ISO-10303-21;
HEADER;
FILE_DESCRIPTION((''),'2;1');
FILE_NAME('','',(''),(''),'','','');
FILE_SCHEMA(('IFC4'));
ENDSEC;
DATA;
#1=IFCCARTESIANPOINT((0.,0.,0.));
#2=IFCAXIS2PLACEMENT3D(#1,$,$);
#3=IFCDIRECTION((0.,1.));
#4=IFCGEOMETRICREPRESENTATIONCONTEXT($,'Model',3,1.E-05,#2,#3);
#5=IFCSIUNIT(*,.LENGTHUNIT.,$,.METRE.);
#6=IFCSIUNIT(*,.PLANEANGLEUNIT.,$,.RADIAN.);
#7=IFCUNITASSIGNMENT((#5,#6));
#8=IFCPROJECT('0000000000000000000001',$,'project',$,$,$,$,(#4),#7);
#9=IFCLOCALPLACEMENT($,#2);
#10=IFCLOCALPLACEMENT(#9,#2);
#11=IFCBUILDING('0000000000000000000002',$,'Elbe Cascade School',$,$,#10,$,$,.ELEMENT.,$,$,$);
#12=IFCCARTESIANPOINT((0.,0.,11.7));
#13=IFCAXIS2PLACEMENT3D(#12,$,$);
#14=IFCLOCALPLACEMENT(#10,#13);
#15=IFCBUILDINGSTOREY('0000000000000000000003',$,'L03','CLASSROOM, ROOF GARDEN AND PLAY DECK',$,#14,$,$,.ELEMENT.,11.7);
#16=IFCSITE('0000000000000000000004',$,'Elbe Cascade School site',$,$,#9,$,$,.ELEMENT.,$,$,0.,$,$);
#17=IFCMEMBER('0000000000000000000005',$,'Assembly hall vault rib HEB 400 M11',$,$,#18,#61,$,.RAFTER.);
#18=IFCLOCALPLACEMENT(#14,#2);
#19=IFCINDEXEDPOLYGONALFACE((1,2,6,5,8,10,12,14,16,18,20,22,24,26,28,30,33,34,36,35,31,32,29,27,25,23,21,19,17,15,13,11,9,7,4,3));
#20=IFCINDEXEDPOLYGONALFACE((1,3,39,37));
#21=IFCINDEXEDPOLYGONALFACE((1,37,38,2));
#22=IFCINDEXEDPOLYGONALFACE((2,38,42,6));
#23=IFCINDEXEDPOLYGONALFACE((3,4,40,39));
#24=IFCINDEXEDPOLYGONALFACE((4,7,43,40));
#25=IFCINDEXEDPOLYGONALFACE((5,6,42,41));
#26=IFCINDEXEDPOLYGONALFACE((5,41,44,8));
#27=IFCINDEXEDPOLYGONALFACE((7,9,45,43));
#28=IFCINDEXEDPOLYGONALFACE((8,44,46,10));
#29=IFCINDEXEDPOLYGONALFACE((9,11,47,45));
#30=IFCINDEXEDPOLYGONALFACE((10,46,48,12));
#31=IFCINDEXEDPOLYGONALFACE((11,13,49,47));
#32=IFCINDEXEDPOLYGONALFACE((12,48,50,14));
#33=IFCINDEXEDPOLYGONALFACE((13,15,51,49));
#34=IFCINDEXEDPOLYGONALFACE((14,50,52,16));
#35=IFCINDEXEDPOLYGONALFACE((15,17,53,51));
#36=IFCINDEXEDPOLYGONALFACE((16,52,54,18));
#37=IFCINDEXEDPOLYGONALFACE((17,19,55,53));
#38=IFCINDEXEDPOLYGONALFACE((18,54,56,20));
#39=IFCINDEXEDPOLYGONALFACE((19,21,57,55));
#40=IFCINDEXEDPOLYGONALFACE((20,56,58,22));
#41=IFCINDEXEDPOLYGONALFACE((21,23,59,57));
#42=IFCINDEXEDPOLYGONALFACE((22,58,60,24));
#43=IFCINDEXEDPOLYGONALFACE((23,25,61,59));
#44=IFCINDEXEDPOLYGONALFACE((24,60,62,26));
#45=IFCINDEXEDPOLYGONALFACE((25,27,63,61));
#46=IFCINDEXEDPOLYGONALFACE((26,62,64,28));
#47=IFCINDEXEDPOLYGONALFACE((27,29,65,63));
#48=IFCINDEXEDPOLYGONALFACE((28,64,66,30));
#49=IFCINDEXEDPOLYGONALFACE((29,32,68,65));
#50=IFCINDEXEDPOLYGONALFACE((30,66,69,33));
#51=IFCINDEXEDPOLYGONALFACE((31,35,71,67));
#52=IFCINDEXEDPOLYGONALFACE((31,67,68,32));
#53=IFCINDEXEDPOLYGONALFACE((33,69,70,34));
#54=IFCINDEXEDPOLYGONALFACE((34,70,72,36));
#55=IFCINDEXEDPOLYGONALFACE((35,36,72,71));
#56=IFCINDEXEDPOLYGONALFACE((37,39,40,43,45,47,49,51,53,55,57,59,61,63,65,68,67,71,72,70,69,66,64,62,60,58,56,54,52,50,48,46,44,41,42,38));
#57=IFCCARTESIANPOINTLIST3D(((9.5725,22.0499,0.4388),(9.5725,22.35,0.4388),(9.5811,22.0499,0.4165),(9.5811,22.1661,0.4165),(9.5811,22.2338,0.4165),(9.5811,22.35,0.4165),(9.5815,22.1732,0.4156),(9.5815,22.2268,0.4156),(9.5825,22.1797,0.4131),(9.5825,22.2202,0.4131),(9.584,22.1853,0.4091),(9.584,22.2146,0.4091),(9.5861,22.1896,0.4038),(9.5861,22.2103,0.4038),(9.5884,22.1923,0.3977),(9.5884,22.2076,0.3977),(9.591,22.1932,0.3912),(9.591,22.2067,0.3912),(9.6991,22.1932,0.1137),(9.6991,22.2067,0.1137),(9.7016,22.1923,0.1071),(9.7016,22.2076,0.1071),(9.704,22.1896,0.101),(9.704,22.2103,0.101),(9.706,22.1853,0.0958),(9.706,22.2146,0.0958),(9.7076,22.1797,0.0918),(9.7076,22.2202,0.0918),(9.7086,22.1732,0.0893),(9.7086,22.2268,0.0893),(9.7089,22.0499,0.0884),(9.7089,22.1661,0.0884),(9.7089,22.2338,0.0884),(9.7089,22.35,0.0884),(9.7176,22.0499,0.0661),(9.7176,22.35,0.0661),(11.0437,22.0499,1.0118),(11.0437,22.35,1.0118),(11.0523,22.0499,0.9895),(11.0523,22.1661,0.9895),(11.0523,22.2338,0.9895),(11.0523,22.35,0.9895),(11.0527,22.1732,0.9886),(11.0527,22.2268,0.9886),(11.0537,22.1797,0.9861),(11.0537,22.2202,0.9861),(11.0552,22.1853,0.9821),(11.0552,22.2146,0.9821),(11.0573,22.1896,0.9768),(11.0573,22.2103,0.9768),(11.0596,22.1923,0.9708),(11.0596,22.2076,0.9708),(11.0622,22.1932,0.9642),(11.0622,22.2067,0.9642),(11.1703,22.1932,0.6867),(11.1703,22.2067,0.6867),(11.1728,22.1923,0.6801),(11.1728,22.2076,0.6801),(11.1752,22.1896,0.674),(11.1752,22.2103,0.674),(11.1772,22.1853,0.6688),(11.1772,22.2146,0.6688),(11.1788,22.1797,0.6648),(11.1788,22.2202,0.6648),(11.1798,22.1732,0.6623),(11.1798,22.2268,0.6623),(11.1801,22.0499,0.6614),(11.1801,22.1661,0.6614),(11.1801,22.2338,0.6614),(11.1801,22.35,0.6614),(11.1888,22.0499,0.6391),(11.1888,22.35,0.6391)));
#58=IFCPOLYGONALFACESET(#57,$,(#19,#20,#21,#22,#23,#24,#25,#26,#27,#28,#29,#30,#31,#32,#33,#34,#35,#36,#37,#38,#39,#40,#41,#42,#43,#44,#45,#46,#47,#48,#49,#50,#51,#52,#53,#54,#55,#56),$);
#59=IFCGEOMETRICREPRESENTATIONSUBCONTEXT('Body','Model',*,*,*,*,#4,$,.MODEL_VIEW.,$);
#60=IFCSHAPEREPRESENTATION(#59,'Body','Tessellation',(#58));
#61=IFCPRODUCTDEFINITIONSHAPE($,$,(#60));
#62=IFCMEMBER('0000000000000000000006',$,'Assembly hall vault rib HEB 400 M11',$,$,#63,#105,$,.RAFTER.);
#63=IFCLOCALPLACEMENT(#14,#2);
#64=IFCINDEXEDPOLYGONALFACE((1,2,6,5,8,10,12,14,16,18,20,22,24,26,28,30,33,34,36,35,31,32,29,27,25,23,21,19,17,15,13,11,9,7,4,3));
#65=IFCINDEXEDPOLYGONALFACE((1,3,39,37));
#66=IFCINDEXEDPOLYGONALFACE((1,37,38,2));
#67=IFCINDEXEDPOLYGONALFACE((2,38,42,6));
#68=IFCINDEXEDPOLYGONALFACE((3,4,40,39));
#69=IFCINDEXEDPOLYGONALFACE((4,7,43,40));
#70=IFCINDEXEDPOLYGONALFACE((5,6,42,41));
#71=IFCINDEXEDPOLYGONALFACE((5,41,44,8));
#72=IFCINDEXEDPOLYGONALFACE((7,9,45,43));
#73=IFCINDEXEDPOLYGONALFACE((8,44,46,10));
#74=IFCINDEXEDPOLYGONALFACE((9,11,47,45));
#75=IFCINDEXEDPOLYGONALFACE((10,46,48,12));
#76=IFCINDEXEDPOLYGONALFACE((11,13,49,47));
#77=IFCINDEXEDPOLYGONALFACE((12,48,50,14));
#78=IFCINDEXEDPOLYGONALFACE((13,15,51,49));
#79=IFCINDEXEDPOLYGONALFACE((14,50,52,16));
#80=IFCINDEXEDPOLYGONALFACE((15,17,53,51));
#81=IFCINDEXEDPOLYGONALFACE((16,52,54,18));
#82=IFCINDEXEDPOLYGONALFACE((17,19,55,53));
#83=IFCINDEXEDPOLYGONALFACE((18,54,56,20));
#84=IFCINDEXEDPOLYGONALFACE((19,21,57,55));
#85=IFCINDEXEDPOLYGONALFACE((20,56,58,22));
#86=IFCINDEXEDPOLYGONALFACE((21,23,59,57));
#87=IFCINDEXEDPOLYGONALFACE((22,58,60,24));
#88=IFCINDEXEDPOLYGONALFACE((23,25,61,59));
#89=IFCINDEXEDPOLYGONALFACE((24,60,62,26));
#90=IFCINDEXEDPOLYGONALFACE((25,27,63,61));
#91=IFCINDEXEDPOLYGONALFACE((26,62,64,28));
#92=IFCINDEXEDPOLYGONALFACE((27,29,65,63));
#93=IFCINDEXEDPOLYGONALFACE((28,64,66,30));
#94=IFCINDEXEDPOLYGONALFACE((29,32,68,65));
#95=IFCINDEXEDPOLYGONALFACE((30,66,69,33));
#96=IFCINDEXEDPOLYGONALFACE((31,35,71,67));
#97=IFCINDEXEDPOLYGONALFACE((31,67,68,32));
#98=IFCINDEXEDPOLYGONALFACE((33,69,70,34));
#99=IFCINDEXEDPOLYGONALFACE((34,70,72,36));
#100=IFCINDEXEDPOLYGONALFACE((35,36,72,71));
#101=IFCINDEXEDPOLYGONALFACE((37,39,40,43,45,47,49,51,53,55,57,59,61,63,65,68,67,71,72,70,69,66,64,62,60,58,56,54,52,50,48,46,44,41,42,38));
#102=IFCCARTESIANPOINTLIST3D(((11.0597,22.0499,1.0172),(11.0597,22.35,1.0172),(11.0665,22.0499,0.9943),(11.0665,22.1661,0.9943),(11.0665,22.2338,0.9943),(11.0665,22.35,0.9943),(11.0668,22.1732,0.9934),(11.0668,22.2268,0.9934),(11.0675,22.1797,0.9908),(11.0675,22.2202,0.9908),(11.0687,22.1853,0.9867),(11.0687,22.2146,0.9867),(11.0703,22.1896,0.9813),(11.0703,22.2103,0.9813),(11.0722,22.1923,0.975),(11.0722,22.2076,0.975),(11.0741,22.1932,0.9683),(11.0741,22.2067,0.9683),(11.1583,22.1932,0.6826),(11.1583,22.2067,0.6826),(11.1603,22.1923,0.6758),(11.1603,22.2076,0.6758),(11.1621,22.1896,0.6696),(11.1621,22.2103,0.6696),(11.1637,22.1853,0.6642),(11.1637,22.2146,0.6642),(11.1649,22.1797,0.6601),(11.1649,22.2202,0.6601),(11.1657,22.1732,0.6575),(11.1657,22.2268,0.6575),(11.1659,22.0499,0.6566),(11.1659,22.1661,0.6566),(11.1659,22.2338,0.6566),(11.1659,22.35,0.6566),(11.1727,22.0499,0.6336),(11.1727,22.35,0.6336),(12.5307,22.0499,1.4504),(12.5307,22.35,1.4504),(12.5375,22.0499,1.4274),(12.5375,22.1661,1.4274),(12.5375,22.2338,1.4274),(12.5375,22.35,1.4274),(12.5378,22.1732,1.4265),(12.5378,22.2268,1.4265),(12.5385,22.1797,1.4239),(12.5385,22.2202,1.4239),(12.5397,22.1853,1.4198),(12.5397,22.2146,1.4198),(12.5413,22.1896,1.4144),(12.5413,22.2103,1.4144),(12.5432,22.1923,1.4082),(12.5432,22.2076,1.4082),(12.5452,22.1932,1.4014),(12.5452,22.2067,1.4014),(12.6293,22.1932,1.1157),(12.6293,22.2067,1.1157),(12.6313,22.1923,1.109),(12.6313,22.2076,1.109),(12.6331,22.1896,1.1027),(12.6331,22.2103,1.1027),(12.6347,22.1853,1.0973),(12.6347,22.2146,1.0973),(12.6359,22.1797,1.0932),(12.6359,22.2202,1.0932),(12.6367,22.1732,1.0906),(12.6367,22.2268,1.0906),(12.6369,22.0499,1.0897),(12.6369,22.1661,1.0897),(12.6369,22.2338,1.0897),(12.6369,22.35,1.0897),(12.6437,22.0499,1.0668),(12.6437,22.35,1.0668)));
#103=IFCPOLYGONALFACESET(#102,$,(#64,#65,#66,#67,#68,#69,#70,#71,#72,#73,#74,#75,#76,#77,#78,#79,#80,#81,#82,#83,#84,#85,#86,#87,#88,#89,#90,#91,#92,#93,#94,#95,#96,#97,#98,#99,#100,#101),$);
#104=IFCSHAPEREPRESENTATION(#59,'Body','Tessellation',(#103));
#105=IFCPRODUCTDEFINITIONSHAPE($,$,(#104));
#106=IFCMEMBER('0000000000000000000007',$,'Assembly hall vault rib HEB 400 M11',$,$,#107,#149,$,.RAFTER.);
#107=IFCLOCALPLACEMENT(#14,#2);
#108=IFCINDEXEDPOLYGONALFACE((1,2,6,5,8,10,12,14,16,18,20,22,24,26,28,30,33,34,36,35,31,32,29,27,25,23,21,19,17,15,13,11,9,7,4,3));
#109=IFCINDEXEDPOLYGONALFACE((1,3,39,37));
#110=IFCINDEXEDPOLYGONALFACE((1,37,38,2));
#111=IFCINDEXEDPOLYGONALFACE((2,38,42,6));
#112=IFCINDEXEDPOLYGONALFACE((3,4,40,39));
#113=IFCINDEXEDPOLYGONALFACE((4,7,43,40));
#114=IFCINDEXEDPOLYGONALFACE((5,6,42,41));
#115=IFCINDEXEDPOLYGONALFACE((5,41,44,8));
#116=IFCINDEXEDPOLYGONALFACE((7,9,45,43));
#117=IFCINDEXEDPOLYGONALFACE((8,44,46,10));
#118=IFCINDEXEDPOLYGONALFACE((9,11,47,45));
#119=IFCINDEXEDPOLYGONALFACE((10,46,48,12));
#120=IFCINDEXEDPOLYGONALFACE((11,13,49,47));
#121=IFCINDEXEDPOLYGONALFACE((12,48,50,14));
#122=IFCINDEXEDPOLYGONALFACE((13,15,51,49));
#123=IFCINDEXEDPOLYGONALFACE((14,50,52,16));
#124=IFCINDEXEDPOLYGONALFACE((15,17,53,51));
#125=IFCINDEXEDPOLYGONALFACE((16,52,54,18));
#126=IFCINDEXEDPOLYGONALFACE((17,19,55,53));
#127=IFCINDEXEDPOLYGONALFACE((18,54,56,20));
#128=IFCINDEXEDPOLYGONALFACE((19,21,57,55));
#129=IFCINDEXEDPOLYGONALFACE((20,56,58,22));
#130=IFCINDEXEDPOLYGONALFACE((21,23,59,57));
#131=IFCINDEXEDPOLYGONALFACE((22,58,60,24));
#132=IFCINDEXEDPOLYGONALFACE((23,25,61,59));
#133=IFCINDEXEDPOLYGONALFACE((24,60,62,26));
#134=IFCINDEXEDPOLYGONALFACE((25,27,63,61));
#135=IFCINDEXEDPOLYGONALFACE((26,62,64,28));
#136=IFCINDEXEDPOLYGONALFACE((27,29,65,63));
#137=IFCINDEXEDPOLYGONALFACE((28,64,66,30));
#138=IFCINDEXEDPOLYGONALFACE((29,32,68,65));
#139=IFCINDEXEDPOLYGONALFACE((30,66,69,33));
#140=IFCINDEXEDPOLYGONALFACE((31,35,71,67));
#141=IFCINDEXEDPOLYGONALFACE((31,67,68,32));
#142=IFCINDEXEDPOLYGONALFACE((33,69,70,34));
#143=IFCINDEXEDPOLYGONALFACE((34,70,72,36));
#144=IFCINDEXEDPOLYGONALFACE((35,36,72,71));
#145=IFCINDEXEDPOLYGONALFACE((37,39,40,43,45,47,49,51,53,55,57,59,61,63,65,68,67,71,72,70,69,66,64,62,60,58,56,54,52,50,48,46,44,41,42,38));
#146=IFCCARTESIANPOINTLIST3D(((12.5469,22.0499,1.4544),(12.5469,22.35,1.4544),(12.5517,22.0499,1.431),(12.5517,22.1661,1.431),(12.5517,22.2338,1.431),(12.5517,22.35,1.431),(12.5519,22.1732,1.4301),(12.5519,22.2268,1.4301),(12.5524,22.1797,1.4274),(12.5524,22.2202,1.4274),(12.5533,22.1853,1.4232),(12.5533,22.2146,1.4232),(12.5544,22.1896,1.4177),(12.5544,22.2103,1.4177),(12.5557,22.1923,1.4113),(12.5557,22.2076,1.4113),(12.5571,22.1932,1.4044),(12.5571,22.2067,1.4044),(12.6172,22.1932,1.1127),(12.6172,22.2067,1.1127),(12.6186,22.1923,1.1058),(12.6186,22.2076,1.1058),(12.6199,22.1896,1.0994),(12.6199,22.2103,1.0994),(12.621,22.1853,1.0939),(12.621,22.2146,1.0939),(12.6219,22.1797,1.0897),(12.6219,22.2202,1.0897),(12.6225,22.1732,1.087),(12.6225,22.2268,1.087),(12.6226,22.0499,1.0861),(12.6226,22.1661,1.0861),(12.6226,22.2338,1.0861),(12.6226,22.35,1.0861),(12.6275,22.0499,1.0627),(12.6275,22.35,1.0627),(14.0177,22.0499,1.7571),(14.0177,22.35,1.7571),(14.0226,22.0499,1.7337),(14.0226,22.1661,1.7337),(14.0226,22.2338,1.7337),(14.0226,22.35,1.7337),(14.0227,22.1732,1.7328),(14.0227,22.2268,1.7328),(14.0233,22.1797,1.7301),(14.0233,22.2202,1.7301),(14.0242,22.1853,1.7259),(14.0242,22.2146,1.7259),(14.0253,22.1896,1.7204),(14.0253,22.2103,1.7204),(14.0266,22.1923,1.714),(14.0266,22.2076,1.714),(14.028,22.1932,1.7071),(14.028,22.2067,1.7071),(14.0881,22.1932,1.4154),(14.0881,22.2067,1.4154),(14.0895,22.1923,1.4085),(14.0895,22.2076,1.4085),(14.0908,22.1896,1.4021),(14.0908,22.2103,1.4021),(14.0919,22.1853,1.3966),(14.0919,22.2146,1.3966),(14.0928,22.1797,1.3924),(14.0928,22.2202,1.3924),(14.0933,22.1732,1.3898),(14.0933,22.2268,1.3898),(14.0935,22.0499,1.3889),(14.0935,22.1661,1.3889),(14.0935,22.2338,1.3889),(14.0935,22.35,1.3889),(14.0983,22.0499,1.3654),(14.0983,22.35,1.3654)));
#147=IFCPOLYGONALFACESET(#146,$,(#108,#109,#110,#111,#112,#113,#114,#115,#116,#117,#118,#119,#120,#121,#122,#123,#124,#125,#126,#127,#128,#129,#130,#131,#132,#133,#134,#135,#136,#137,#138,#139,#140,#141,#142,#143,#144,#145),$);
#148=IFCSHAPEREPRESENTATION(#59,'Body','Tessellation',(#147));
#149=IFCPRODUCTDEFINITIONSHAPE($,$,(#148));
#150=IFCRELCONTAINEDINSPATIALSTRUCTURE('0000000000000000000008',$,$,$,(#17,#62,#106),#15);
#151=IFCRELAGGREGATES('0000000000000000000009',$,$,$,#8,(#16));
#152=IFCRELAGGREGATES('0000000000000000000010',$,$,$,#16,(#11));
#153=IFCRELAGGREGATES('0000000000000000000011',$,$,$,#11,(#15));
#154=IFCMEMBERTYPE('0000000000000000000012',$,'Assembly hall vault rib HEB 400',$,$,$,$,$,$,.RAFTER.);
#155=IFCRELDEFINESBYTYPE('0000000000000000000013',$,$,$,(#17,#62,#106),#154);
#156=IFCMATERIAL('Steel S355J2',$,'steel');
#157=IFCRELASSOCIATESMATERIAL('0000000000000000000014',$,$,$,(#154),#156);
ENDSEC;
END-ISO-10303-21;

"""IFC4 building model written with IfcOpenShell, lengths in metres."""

from ifc_helpers import new_model, si_unit, direction, frame, origin, origin_2d, place, context, subcontext, project, spatial, i_section, extrude, material, material_profile, profile_set, type_object, element, save


model = new_model("IFC4")

# Units and contexts
model_context = context("Model", 3, precision=1e-05, world=origin(), true_north=direction((0.0, 1.0)))
body_context = subcontext(model_context, "Body", "Model", "MODEL_VIEW")
ifc_project = project(units=[si_unit("LENGTHUNIT", "METRE"), si_unit("PLANEANGLEUNIT", "RADIAN")], contexts=[model_context])

# Site, building, storey
site_placement = place(None, origin())
site = spatial("IfcSite", under=ifc_project, at=site_placement, Name="Elbe Cascade School site", CompositionType="ELEMENT", RefElevation=0.0)
building_placement = place(site_placement, origin())
building = spatial("IfcBuilding", under=site, at=building_placement, Name="Elbe Cascade School", CompositionType="ELEMENT")
storey_placement = place(building_placement, frame((0.0, 0.0, 11.7)))
storey = spatial("IfcBuildingStorey", under=building, at=storey_placement, Name="L03", Description="CLASSROOM, ROOF GARDEN AND PLAY DECK", CompositionType="ELEMENT", Elevation=11.7)

# Members
ifc_material_1 = material(Name="Steel S355J2", Category="steel")
ifc_material_profile_1 = material_profile(ifc_material_1, i_section(OverallWidth=0.3, OverallDepth=0.3999, WebThickness=0.0134, FlangeThickness=0.0239, FilletRadius=0.0271, at=origin_2d()), Name="HEB 400")
ifc_profile_set_1 = profile_set([ifc_material_profile_1], Name="Steel S355J2")
member_type_1 = type_object("IfcMemberType", Name="Assembly hall vault rib HEB 400", PredefinedType="RAFTER", material=ifc_profile_set_1)
member_1_placement = place(storey_placement, frame((9.645, 22.2, 0.2524), z_axis=(0.931819, 0.0, 0.362924), x_axis=(0.0, 1.0, 0.0)))
element("IfcMember", 1, at=member_1_placement, inside=storey, type_object=member_type_1, Name="Assembly hall vault rib HEB 400 M11", PredefinedType="RAFTER", context=body_context, shape_type="SweptSolid", body=[
    extrude(i_section(OverallWidth=0.3, OverallDepth=0.3999, WebThickness=0.0134, FlangeThickness=0.0239, FilletRadius=0.0271, at=origin_2d()), origin(), (0.0, 0.0, 1.0), 1.5789),
])
member_2_placement = place(storey_placement, frame((11.1162, 22.2, 0.8254), z_axis=(0.959282, 0.0, 0.282451), x_axis=(0.0, 1.0, 0.0)))
element("IfcMember", 2, at=member_2_placement, inside=storey, type_object=member_type_1, Name="Assembly hall vault rib HEB 400 M11", PredefinedType="RAFTER", context=body_context, shape_type="SweptSolid", body=[
    extrude(i_section(OverallWidth=0.3, OverallDepth=0.3999, WebThickness=0.0134, FlangeThickness=0.0239, FilletRadius=0.0271, at=origin_2d()), origin(), (0.0, 0.0, 1.0), 1.5334),
])
member_3_placement = place(storey_placement, frame((12.5872, 22.2, 1.2585), z_axis=(0.979471, 0.0, 0.201584), x_axis=(0.0, 1.0, 0.0)))
element("IfcMember", 3, at=member_3_placement, inside=storey, type_object=member_type_1, Name="Assembly hall vault rib HEB 400 M11", PredefinedType="RAFTER", context=body_context, shape_type="SweptSolid", body=[
    extrude(i_section(OverallWidth=0.3, OverallDepth=0.3999, WebThickness=0.0134, FlangeThickness=0.0239, FilletRadius=0.0271, at=origin_2d()), origin(), (0.0, 0.0, 1.0), 1.5017),
])

save(model, "model.ifc")
